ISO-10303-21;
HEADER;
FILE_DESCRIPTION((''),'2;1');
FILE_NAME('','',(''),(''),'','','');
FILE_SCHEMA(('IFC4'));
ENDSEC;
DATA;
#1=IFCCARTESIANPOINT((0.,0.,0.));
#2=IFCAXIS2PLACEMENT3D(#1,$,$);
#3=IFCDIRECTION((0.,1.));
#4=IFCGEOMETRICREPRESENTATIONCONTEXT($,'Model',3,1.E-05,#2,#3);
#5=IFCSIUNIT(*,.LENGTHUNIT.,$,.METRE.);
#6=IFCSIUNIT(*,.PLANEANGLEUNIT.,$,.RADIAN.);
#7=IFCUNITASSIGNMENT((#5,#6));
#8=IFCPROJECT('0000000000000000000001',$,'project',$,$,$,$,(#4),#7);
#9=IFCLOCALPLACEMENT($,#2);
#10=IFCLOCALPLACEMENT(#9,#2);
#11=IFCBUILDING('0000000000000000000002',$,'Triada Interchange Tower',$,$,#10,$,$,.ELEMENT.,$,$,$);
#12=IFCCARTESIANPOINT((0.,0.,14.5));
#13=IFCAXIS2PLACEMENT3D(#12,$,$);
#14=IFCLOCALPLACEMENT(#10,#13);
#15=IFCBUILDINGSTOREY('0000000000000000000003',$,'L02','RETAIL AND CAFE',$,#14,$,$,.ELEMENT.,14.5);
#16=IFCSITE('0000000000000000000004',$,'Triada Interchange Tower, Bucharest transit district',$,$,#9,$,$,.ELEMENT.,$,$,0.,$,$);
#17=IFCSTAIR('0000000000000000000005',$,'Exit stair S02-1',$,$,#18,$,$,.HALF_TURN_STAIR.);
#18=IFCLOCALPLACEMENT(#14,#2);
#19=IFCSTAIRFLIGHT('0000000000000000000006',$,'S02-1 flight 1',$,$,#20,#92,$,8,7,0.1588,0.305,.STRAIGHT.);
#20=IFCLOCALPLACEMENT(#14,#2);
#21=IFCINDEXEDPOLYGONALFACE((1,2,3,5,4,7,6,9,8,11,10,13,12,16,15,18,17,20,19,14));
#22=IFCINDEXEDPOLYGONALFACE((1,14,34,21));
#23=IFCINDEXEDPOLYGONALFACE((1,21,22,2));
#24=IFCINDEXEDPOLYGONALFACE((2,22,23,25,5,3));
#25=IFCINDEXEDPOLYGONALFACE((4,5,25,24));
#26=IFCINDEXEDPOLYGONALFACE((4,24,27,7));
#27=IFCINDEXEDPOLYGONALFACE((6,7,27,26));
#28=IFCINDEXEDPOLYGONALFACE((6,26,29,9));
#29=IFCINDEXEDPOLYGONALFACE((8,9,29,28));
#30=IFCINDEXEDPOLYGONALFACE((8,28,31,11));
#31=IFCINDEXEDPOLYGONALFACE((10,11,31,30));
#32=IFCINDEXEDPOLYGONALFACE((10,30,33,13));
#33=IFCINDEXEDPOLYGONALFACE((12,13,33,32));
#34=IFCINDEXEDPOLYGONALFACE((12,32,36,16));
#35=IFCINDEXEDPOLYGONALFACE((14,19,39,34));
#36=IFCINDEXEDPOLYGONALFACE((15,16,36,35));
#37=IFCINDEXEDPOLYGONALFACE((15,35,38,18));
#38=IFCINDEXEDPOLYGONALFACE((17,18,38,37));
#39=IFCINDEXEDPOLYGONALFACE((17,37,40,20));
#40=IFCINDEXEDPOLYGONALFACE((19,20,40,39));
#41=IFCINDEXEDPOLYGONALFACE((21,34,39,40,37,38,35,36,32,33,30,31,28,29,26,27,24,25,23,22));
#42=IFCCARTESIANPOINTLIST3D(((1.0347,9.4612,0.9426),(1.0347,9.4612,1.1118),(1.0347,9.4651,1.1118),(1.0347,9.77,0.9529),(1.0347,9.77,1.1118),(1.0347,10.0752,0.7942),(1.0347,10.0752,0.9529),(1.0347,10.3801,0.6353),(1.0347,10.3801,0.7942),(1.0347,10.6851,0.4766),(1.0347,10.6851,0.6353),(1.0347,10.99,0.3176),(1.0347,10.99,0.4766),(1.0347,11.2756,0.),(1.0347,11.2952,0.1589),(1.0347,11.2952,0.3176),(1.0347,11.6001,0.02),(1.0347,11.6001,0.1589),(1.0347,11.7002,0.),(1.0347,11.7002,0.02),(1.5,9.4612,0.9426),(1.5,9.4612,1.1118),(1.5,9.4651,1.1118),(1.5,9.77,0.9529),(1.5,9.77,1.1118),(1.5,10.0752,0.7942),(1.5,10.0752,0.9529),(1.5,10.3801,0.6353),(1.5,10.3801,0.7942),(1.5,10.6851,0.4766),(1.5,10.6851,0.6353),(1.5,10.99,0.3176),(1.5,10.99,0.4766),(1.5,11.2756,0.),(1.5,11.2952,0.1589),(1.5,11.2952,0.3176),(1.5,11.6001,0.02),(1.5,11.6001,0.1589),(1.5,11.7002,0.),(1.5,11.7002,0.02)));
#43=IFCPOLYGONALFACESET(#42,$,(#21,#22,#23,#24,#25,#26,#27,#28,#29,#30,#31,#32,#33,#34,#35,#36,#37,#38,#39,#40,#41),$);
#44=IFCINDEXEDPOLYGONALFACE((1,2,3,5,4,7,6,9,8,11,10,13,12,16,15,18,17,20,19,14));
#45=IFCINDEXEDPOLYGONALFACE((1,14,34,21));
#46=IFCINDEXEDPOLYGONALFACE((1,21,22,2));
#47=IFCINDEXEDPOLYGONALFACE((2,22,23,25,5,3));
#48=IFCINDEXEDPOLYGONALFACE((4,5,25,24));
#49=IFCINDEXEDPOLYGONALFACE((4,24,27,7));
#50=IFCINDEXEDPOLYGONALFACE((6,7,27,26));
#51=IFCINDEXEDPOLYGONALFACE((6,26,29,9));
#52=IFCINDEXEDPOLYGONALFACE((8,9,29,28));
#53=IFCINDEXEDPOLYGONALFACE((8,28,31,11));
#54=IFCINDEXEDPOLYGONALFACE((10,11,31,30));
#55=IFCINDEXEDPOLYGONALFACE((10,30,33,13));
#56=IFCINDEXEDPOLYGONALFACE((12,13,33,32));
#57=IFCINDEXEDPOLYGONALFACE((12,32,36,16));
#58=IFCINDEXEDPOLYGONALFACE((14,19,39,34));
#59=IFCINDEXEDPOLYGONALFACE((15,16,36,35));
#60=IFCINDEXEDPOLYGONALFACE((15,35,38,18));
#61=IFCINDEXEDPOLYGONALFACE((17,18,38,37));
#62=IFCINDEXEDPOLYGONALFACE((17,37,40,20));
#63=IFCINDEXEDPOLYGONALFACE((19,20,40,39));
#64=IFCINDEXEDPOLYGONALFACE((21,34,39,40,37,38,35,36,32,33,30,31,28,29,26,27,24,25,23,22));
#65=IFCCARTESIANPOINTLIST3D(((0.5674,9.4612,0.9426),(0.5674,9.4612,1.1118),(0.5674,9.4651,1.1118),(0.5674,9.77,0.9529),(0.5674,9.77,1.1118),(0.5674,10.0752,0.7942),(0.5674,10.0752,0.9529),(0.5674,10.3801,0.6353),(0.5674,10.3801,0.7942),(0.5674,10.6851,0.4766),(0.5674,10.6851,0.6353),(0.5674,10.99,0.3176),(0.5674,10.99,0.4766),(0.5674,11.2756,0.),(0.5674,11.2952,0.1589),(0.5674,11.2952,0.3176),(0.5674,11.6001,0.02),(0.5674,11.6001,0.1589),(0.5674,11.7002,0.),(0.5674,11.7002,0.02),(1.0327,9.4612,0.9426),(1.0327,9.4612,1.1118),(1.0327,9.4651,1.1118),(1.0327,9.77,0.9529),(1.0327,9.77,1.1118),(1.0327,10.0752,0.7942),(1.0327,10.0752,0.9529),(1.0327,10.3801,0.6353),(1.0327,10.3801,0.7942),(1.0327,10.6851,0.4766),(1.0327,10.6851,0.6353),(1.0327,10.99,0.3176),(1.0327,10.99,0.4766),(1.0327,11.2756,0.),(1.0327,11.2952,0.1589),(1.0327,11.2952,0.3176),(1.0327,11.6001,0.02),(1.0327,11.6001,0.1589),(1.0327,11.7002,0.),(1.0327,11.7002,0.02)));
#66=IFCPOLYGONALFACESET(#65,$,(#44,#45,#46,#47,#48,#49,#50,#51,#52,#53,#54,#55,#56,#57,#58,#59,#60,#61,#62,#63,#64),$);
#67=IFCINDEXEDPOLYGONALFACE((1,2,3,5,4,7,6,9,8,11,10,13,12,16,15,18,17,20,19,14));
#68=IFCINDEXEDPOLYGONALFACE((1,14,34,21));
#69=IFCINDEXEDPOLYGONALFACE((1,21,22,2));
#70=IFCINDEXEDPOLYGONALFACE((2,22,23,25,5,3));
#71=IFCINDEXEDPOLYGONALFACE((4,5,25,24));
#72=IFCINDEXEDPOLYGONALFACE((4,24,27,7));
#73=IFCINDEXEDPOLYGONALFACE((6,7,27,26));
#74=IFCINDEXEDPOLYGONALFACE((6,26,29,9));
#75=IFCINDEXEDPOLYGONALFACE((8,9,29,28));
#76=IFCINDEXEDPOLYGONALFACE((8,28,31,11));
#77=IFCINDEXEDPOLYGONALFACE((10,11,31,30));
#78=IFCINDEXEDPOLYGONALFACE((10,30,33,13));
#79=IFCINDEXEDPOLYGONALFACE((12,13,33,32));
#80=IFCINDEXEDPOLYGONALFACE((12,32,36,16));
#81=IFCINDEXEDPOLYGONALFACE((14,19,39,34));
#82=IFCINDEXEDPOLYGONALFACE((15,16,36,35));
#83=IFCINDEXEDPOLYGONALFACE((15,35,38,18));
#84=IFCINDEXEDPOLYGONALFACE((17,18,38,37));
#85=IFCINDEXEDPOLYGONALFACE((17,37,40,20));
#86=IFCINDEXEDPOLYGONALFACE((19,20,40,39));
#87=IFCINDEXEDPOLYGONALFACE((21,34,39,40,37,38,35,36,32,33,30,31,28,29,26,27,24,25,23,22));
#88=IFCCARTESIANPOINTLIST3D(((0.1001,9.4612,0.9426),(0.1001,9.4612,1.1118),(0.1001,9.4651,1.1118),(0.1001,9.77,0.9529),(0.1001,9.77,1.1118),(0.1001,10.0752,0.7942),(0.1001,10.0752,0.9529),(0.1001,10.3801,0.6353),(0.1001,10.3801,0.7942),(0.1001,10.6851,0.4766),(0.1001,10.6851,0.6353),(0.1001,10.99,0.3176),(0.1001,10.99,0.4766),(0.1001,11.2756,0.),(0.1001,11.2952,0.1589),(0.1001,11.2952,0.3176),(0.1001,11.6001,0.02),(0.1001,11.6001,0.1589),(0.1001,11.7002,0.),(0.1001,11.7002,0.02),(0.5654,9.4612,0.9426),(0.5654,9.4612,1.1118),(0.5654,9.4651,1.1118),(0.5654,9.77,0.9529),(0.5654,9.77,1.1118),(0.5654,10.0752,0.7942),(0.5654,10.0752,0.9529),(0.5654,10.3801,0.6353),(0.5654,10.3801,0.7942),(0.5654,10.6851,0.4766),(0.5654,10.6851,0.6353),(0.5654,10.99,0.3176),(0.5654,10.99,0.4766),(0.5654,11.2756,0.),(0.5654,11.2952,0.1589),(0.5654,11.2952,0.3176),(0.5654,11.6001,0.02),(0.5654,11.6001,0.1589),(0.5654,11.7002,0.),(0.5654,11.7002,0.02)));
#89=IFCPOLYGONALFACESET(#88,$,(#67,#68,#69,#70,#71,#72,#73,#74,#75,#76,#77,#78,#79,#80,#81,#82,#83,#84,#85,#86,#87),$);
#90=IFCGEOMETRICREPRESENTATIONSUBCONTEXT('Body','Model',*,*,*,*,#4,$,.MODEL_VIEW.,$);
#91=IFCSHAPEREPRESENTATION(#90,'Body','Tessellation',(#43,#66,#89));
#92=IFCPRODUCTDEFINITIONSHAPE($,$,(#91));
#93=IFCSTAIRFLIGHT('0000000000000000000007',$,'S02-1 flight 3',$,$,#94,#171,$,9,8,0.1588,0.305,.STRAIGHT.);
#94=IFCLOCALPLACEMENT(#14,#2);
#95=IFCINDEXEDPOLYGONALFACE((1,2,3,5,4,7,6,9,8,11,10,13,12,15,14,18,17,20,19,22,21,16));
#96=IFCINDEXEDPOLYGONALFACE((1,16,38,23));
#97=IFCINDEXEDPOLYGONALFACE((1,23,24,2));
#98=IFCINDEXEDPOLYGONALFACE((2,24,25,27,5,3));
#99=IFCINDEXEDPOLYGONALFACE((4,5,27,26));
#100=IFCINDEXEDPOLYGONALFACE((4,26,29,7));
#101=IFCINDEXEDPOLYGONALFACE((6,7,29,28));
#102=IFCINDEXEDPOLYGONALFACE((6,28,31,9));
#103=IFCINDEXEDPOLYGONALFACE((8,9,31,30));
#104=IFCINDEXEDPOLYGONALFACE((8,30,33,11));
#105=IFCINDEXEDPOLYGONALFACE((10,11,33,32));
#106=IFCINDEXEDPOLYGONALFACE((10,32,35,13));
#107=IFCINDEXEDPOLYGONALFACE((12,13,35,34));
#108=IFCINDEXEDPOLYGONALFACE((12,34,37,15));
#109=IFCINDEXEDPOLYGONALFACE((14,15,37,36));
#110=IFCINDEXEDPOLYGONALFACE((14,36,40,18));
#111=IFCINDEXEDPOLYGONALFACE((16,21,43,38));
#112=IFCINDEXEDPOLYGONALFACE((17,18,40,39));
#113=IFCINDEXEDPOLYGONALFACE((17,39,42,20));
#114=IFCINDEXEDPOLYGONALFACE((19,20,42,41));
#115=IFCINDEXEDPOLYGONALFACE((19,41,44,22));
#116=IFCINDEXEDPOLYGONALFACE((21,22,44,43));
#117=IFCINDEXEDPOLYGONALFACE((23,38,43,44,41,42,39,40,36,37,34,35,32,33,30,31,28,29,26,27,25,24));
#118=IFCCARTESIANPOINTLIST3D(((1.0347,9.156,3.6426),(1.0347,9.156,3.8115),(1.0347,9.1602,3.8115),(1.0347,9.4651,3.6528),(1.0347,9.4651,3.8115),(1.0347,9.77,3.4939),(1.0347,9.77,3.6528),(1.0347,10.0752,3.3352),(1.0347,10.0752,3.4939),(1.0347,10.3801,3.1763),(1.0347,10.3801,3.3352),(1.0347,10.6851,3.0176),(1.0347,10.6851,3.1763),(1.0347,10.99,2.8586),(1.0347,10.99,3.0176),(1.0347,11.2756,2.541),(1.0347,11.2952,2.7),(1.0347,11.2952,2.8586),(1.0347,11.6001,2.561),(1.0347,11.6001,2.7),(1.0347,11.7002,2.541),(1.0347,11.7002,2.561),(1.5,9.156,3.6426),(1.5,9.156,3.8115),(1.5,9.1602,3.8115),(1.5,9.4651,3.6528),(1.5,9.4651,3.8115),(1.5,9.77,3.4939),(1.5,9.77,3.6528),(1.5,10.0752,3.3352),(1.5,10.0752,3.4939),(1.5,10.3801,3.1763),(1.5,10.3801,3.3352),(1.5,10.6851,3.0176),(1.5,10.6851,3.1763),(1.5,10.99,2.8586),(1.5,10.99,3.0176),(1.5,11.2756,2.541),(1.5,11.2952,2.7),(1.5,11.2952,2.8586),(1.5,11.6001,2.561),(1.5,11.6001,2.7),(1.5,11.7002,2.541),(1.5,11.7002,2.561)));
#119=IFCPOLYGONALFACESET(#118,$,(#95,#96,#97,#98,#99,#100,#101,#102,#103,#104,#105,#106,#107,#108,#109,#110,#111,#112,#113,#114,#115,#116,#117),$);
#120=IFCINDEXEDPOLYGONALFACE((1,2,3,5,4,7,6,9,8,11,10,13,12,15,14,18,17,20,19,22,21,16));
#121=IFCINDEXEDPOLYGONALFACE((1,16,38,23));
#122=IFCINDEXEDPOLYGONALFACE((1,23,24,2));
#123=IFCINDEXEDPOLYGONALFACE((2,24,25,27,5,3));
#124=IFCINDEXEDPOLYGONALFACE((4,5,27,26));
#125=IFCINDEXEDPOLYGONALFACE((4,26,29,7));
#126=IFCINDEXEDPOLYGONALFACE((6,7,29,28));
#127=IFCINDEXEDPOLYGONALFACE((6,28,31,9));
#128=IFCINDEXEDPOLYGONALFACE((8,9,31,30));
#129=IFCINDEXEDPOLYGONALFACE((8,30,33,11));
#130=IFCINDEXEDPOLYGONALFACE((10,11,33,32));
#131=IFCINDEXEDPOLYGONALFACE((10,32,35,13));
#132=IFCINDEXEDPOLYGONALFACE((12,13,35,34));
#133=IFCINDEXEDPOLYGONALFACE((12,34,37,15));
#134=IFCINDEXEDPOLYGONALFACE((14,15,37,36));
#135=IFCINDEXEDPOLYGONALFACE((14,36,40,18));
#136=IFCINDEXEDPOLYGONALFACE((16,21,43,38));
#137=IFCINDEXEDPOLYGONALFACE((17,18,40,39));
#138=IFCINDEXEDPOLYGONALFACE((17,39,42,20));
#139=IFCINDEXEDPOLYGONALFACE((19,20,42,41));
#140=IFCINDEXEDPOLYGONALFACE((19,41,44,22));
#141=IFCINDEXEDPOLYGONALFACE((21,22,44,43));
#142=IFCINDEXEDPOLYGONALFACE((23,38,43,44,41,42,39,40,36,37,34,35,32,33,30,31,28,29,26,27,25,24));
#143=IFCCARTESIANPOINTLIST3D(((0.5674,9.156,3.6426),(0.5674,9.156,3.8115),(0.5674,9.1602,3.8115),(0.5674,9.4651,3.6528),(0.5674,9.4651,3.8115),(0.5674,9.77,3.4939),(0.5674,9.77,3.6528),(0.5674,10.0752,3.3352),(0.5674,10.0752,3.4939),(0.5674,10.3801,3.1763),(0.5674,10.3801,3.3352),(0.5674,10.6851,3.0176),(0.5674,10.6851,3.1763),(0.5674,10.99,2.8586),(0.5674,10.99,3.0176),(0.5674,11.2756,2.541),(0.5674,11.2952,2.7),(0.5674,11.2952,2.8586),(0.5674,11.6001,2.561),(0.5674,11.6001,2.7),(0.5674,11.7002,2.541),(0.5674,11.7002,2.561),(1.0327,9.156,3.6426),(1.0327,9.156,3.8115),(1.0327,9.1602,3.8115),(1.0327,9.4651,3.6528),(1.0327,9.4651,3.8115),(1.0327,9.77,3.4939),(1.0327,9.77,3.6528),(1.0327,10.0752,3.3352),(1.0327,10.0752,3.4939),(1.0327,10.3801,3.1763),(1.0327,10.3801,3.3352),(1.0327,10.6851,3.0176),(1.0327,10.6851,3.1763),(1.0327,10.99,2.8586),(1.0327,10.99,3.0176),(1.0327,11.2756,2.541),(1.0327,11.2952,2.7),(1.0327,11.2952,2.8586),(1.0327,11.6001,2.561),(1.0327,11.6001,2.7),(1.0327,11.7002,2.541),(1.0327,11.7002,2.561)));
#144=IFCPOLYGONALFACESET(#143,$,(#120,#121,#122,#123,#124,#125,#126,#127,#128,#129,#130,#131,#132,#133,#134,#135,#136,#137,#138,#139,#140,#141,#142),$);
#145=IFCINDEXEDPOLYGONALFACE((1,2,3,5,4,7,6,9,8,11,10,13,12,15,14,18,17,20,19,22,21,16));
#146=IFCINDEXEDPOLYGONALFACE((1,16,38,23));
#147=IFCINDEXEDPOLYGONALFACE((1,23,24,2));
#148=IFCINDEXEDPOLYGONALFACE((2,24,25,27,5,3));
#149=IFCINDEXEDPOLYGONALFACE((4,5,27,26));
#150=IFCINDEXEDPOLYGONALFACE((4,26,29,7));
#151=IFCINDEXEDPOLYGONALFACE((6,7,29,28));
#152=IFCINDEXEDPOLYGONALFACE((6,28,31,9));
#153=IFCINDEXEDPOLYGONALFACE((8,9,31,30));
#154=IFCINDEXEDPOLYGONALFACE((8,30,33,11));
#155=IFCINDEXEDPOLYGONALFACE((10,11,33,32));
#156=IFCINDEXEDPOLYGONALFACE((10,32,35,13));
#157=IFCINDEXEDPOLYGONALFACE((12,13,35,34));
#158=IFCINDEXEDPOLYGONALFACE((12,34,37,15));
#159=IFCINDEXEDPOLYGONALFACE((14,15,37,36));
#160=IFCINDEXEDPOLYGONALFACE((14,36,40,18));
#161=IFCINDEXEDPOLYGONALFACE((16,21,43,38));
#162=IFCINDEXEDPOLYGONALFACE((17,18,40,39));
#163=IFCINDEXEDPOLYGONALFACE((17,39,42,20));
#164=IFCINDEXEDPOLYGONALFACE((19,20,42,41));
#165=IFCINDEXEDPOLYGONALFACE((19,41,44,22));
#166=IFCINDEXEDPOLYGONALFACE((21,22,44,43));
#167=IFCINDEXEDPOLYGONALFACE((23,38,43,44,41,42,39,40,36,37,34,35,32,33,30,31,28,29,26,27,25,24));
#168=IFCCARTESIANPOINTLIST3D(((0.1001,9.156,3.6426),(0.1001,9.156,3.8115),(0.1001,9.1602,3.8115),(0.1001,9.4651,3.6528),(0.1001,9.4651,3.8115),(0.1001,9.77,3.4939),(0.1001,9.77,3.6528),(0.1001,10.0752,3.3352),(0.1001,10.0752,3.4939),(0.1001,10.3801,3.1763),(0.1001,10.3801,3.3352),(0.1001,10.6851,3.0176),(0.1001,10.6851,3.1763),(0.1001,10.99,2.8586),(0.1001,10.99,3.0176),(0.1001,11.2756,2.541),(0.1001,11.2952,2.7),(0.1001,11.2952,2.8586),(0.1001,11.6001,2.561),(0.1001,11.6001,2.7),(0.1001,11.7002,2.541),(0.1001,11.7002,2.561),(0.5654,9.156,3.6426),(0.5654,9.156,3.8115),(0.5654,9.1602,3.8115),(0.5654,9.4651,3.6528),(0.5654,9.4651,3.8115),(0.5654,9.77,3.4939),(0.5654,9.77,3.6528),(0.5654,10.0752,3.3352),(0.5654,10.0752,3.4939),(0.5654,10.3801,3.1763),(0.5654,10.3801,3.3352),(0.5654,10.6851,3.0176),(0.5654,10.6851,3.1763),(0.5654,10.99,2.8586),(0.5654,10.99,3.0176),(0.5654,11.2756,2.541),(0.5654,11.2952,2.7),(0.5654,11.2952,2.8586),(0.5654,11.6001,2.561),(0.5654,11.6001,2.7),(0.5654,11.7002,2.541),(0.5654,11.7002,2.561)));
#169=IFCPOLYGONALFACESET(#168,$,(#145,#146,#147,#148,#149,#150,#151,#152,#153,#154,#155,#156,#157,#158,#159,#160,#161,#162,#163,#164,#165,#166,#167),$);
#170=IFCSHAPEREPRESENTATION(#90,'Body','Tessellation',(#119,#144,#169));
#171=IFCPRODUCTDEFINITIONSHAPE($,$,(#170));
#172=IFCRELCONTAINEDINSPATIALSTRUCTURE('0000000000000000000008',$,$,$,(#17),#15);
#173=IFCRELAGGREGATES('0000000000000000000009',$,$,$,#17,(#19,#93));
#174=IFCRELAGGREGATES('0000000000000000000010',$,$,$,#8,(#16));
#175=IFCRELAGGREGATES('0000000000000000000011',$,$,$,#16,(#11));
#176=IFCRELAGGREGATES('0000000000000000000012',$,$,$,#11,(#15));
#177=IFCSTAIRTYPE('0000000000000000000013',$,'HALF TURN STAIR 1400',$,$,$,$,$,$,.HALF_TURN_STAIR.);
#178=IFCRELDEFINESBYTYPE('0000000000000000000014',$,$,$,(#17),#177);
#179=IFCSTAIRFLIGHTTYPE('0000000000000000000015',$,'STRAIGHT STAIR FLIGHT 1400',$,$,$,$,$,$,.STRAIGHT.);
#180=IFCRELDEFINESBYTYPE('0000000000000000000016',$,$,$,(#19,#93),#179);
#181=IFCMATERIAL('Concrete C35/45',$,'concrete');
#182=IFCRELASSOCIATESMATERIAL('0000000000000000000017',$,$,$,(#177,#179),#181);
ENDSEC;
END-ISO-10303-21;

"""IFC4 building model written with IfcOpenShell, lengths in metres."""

from ifc_helpers import new_model, si_unit, direction, frame, origin, place, context, subcontext, project, spatial, polyline, outline, extrude, material, type_object, element, aggregate, save


model = new_model("IFC4")

# Units and contexts
model_context = context("Model", 3, precision=1e-05, world=origin(), true_north=direction((0.0, 1.0)))
body_context = subcontext(model_context, "Body", "Model", "MODEL_VIEW")
ifc_project = project(units=[si_unit("LENGTHUNIT", "METRE"), si_unit("PLANEANGLEUNIT", "RADIAN")], contexts=[model_context])

# Site, building, storey
site_placement = place(None, origin())
site = spatial("IfcSite", under=ifc_project, at=site_placement, Name="Triada Interchange Tower, Bucharest transit district", CompositionType="ELEMENT", RefElevation=0.0)
building_placement = place(site_placement, origin())
building = spatial("IfcBuilding", under=site, at=building_placement, Name="Triada Interchange Tower", CompositionType="ELEMENT")
storey_placement = place(building_placement, frame((0.0, 0.0, 14.5)))
storey = spatial("IfcBuildingStorey", under=building, at=storey_placement, Name="L02", Description="RETAIL AND CAFE", CompositionType="ELEMENT", Elevation=14.5)

# Shared definitions
ifc_material_1 = material(Name="Concrete C35/45", Category="concrete")

# Stair, stair flights
stair_type = type_object("IfcStairType", Name="HALF TURN STAIR 1400", PredefinedType="HALF_TURN_STAIR", material=ifc_material_1)
stair_placement = place(storey_placement, origin())
stair = element("IfcStair", 1, at=stair_placement, inside=storey, type_object=stair_type, Name="Exit stair S02-1", PredefinedType="HALF_TURN_STAIR")
stair_flight_type = type_object("IfcStairFlightType", Name="STRAIGHT STAIR FLIGHT 1400", PredefinedType="STRAIGHT", material=ifc_material_1)
stair_flight_1_placement = place(storey_placement, frame((0.8, 11.6001, 0.0), z_axis=(0.0, 0.0, 1.0), x_axis=(0.0, -1.0, 0.0)))
stair_flight_1 = element("IfcStairFlight", 2, at=stair_flight_1_placement, type_object=stair_flight_type, Name="S02-1 flight 1", NumberOfRisers=8, NumberOfTreads=7, PredefinedType="STRAIGHT", RiserHeight=0.1588, TreadLength=0.305, context=body_context, shape_type="SweptSolid", body=[
    extrude(outline(polyline([(-0.1001, 0.0), (-0.1001, 0.02), (0.0, 0.02), (0.0, 0.1589), (0.3049, 0.1589), (0.3049, 0.3176), (0.6101, 0.3176), (0.6101, 0.4766), (0.915, 0.4766), (0.915, 0.6353), (1.22, 0.6353), (1.22, 0.7942), (1.5249, 0.7942), (1.5249, 0.9529), (1.8301, 0.9529), (1.8301, 1.1118), (2.135, 1.1118), (2.1389, 1.1118), (2.1389, 1.2705), (2.1389, 0.9426), (0.3245, 0.0), (-0.1001, 0.0)])), frame((0.0, 0.7, 0.0), z_axis=(0.0, -1.0, 0.0), x_axis=(1.0, 0.0, 0.0)), (0.0, 0.0, 1.0), 0.4653),
    extrude(outline(polyline([(-0.1001, 0.0), (-0.1001, 0.02), (0.0, 0.02), (0.0, 0.1589), (0.3049, 0.1589), (0.3049, 0.3176), (0.6101, 0.3176), (0.6101, 0.4766), (0.915, 0.4766), (0.915, 0.6353), (1.22, 0.6353), (1.22, 0.7942), (1.5249, 0.7942), (1.5249, 0.9529), (1.8301, 0.9529), (1.8301, 1.1118), (2.135, 1.1118), (2.1389, 1.1118), (2.1389, 1.2705), (2.1389, 0.9426), (0.3245, 0.0), (-0.1001, 0.0)])), frame((0.0, 0.2327, 0.0), z_axis=(0.0, -1.0, 0.0), x_axis=(1.0, 0.0, 0.0)), (0.0, 0.0, 1.0), 0.4653),
    extrude(outline(polyline([(-0.1001, 0.0), (-0.1001, 0.02), (0.0, 0.02), (0.0, 0.1589), (0.3049, 0.1589), (0.3049, 0.3176), (0.6101, 0.3176), (0.6101, 0.4766), (0.915, 0.4766), (0.915, 0.6353), (1.22, 0.6353), (1.22, 0.7942), (1.5249, 0.7942), (1.5249, 0.9529), (1.8301, 0.9529), (1.8301, 1.1118), (2.135, 1.1118), (2.1389, 1.1118), (2.1389, 1.2705), (2.1389, 0.9426), (0.3245, 0.0), (-0.1001, 0.0)])), frame((0.0, -0.2346, 0.0), z_axis=(0.0, -1.0, 0.0), x_axis=(1.0, 0.0, 0.0)), (0.0, 0.0, 1.0), 0.4653),
])
stair_flight_2_placement = place(storey_placement, frame((0.8, 11.6001, 2.541), z_axis=(0.0, 0.0, 1.0), x_axis=(0.0, -1.0, 0.0)))
stair_flight_2 = element("IfcStairFlight", 3, at=stair_flight_2_placement, type_object=stair_flight_type, Name="S02-1 flight 3", NumberOfRisers=9, NumberOfTreads=8, PredefinedType="STRAIGHT", RiserHeight=0.1588, TreadLength=0.305, context=body_context, shape_type="SweptSolid", body=[
    extrude(outline(polyline([(-0.1001, 0.0), (-0.1001, 0.02), (0.0, 0.02), (0.0, 0.1589), (0.3049, 0.1589), (0.3049, 0.3176), (0.6101, 0.3176), (0.6101, 0.4766), (0.915, 0.4766), (0.915, 0.6353), (1.22, 0.6353), (1.22, 0.7942), (1.5249, 0.7942), (1.5249, 0.9529), (1.8301, 0.9529), (1.8301, 1.1118), (2.135, 1.1118), (2.135, 1.2705), (2.4399, 1.2705), (2.4441, 1.2705), (2.4441, 1.4294), (2.4441, 1.1016), (0.3245, 0.0), (-0.1001, 0.0)])), frame((0.0, 0.7, 0.0), z_axis=(0.0, -1.0, 0.0), x_axis=(1.0, 0.0, 0.0)), (0.0, 0.0, 1.0), 0.4653),
    extrude(outline(polyline([(-0.1001, 0.0), (-0.1001, 0.02), (0.0, 0.02), (0.0, 0.1589), (0.3049, 0.1589), (0.3049, 0.3176), (0.6101, 0.3176), (0.6101, 0.4766), (0.915, 0.4766), (0.915, 0.6353), (1.22, 0.6353), (1.22, 0.7942), (1.5249, 0.7942), (1.5249, 0.9529), (1.8301, 0.9529), (1.8301, 1.1118), (2.135, 1.1118), (2.135, 1.2705), (2.4399, 1.2705), (2.4441, 1.2705), (2.4441, 1.4294), (2.4441, 1.1016), (0.3245, 0.0), (-0.1001, 0.0)])), frame((0.0, 0.2327, 0.0), z_axis=(0.0, -1.0, 0.0), x_axis=(1.0, 0.0, 0.0)), (0.0, 0.0, 1.0), 0.4653),
    extrude(outline(polyline([(-0.1001, 0.0), (-0.1001, 0.02), (0.0, 0.02), (0.0, 0.1589), (0.3049, 0.1589), (0.3049, 0.3176), (0.6101, 0.3176), (0.6101, 0.4766), (0.915, 0.4766), (0.915, 0.6353), (1.22, 0.6353), (1.22, 0.7942), (1.5249, 0.7942), (1.5249, 0.9529), (1.8301, 0.9529), (1.8301, 1.1118), (2.135, 1.1118), (2.135, 1.2705), (2.4399, 1.2705), (2.4441, 1.2705), (2.4441, 1.4294), (2.4441, 1.1016), (0.3245, 0.0), (-0.1001, 0.0)])), frame((0.0, -0.2346, 0.0), z_axis=(0.0, -1.0, 0.0), x_axis=(1.0, 0.0, 0.0)), (0.0, 0.0, 1.0), 0.4653),
])
aggregate(stair, [stair_flight_1, stair_flight_2])

save(model, "model.ifc")
